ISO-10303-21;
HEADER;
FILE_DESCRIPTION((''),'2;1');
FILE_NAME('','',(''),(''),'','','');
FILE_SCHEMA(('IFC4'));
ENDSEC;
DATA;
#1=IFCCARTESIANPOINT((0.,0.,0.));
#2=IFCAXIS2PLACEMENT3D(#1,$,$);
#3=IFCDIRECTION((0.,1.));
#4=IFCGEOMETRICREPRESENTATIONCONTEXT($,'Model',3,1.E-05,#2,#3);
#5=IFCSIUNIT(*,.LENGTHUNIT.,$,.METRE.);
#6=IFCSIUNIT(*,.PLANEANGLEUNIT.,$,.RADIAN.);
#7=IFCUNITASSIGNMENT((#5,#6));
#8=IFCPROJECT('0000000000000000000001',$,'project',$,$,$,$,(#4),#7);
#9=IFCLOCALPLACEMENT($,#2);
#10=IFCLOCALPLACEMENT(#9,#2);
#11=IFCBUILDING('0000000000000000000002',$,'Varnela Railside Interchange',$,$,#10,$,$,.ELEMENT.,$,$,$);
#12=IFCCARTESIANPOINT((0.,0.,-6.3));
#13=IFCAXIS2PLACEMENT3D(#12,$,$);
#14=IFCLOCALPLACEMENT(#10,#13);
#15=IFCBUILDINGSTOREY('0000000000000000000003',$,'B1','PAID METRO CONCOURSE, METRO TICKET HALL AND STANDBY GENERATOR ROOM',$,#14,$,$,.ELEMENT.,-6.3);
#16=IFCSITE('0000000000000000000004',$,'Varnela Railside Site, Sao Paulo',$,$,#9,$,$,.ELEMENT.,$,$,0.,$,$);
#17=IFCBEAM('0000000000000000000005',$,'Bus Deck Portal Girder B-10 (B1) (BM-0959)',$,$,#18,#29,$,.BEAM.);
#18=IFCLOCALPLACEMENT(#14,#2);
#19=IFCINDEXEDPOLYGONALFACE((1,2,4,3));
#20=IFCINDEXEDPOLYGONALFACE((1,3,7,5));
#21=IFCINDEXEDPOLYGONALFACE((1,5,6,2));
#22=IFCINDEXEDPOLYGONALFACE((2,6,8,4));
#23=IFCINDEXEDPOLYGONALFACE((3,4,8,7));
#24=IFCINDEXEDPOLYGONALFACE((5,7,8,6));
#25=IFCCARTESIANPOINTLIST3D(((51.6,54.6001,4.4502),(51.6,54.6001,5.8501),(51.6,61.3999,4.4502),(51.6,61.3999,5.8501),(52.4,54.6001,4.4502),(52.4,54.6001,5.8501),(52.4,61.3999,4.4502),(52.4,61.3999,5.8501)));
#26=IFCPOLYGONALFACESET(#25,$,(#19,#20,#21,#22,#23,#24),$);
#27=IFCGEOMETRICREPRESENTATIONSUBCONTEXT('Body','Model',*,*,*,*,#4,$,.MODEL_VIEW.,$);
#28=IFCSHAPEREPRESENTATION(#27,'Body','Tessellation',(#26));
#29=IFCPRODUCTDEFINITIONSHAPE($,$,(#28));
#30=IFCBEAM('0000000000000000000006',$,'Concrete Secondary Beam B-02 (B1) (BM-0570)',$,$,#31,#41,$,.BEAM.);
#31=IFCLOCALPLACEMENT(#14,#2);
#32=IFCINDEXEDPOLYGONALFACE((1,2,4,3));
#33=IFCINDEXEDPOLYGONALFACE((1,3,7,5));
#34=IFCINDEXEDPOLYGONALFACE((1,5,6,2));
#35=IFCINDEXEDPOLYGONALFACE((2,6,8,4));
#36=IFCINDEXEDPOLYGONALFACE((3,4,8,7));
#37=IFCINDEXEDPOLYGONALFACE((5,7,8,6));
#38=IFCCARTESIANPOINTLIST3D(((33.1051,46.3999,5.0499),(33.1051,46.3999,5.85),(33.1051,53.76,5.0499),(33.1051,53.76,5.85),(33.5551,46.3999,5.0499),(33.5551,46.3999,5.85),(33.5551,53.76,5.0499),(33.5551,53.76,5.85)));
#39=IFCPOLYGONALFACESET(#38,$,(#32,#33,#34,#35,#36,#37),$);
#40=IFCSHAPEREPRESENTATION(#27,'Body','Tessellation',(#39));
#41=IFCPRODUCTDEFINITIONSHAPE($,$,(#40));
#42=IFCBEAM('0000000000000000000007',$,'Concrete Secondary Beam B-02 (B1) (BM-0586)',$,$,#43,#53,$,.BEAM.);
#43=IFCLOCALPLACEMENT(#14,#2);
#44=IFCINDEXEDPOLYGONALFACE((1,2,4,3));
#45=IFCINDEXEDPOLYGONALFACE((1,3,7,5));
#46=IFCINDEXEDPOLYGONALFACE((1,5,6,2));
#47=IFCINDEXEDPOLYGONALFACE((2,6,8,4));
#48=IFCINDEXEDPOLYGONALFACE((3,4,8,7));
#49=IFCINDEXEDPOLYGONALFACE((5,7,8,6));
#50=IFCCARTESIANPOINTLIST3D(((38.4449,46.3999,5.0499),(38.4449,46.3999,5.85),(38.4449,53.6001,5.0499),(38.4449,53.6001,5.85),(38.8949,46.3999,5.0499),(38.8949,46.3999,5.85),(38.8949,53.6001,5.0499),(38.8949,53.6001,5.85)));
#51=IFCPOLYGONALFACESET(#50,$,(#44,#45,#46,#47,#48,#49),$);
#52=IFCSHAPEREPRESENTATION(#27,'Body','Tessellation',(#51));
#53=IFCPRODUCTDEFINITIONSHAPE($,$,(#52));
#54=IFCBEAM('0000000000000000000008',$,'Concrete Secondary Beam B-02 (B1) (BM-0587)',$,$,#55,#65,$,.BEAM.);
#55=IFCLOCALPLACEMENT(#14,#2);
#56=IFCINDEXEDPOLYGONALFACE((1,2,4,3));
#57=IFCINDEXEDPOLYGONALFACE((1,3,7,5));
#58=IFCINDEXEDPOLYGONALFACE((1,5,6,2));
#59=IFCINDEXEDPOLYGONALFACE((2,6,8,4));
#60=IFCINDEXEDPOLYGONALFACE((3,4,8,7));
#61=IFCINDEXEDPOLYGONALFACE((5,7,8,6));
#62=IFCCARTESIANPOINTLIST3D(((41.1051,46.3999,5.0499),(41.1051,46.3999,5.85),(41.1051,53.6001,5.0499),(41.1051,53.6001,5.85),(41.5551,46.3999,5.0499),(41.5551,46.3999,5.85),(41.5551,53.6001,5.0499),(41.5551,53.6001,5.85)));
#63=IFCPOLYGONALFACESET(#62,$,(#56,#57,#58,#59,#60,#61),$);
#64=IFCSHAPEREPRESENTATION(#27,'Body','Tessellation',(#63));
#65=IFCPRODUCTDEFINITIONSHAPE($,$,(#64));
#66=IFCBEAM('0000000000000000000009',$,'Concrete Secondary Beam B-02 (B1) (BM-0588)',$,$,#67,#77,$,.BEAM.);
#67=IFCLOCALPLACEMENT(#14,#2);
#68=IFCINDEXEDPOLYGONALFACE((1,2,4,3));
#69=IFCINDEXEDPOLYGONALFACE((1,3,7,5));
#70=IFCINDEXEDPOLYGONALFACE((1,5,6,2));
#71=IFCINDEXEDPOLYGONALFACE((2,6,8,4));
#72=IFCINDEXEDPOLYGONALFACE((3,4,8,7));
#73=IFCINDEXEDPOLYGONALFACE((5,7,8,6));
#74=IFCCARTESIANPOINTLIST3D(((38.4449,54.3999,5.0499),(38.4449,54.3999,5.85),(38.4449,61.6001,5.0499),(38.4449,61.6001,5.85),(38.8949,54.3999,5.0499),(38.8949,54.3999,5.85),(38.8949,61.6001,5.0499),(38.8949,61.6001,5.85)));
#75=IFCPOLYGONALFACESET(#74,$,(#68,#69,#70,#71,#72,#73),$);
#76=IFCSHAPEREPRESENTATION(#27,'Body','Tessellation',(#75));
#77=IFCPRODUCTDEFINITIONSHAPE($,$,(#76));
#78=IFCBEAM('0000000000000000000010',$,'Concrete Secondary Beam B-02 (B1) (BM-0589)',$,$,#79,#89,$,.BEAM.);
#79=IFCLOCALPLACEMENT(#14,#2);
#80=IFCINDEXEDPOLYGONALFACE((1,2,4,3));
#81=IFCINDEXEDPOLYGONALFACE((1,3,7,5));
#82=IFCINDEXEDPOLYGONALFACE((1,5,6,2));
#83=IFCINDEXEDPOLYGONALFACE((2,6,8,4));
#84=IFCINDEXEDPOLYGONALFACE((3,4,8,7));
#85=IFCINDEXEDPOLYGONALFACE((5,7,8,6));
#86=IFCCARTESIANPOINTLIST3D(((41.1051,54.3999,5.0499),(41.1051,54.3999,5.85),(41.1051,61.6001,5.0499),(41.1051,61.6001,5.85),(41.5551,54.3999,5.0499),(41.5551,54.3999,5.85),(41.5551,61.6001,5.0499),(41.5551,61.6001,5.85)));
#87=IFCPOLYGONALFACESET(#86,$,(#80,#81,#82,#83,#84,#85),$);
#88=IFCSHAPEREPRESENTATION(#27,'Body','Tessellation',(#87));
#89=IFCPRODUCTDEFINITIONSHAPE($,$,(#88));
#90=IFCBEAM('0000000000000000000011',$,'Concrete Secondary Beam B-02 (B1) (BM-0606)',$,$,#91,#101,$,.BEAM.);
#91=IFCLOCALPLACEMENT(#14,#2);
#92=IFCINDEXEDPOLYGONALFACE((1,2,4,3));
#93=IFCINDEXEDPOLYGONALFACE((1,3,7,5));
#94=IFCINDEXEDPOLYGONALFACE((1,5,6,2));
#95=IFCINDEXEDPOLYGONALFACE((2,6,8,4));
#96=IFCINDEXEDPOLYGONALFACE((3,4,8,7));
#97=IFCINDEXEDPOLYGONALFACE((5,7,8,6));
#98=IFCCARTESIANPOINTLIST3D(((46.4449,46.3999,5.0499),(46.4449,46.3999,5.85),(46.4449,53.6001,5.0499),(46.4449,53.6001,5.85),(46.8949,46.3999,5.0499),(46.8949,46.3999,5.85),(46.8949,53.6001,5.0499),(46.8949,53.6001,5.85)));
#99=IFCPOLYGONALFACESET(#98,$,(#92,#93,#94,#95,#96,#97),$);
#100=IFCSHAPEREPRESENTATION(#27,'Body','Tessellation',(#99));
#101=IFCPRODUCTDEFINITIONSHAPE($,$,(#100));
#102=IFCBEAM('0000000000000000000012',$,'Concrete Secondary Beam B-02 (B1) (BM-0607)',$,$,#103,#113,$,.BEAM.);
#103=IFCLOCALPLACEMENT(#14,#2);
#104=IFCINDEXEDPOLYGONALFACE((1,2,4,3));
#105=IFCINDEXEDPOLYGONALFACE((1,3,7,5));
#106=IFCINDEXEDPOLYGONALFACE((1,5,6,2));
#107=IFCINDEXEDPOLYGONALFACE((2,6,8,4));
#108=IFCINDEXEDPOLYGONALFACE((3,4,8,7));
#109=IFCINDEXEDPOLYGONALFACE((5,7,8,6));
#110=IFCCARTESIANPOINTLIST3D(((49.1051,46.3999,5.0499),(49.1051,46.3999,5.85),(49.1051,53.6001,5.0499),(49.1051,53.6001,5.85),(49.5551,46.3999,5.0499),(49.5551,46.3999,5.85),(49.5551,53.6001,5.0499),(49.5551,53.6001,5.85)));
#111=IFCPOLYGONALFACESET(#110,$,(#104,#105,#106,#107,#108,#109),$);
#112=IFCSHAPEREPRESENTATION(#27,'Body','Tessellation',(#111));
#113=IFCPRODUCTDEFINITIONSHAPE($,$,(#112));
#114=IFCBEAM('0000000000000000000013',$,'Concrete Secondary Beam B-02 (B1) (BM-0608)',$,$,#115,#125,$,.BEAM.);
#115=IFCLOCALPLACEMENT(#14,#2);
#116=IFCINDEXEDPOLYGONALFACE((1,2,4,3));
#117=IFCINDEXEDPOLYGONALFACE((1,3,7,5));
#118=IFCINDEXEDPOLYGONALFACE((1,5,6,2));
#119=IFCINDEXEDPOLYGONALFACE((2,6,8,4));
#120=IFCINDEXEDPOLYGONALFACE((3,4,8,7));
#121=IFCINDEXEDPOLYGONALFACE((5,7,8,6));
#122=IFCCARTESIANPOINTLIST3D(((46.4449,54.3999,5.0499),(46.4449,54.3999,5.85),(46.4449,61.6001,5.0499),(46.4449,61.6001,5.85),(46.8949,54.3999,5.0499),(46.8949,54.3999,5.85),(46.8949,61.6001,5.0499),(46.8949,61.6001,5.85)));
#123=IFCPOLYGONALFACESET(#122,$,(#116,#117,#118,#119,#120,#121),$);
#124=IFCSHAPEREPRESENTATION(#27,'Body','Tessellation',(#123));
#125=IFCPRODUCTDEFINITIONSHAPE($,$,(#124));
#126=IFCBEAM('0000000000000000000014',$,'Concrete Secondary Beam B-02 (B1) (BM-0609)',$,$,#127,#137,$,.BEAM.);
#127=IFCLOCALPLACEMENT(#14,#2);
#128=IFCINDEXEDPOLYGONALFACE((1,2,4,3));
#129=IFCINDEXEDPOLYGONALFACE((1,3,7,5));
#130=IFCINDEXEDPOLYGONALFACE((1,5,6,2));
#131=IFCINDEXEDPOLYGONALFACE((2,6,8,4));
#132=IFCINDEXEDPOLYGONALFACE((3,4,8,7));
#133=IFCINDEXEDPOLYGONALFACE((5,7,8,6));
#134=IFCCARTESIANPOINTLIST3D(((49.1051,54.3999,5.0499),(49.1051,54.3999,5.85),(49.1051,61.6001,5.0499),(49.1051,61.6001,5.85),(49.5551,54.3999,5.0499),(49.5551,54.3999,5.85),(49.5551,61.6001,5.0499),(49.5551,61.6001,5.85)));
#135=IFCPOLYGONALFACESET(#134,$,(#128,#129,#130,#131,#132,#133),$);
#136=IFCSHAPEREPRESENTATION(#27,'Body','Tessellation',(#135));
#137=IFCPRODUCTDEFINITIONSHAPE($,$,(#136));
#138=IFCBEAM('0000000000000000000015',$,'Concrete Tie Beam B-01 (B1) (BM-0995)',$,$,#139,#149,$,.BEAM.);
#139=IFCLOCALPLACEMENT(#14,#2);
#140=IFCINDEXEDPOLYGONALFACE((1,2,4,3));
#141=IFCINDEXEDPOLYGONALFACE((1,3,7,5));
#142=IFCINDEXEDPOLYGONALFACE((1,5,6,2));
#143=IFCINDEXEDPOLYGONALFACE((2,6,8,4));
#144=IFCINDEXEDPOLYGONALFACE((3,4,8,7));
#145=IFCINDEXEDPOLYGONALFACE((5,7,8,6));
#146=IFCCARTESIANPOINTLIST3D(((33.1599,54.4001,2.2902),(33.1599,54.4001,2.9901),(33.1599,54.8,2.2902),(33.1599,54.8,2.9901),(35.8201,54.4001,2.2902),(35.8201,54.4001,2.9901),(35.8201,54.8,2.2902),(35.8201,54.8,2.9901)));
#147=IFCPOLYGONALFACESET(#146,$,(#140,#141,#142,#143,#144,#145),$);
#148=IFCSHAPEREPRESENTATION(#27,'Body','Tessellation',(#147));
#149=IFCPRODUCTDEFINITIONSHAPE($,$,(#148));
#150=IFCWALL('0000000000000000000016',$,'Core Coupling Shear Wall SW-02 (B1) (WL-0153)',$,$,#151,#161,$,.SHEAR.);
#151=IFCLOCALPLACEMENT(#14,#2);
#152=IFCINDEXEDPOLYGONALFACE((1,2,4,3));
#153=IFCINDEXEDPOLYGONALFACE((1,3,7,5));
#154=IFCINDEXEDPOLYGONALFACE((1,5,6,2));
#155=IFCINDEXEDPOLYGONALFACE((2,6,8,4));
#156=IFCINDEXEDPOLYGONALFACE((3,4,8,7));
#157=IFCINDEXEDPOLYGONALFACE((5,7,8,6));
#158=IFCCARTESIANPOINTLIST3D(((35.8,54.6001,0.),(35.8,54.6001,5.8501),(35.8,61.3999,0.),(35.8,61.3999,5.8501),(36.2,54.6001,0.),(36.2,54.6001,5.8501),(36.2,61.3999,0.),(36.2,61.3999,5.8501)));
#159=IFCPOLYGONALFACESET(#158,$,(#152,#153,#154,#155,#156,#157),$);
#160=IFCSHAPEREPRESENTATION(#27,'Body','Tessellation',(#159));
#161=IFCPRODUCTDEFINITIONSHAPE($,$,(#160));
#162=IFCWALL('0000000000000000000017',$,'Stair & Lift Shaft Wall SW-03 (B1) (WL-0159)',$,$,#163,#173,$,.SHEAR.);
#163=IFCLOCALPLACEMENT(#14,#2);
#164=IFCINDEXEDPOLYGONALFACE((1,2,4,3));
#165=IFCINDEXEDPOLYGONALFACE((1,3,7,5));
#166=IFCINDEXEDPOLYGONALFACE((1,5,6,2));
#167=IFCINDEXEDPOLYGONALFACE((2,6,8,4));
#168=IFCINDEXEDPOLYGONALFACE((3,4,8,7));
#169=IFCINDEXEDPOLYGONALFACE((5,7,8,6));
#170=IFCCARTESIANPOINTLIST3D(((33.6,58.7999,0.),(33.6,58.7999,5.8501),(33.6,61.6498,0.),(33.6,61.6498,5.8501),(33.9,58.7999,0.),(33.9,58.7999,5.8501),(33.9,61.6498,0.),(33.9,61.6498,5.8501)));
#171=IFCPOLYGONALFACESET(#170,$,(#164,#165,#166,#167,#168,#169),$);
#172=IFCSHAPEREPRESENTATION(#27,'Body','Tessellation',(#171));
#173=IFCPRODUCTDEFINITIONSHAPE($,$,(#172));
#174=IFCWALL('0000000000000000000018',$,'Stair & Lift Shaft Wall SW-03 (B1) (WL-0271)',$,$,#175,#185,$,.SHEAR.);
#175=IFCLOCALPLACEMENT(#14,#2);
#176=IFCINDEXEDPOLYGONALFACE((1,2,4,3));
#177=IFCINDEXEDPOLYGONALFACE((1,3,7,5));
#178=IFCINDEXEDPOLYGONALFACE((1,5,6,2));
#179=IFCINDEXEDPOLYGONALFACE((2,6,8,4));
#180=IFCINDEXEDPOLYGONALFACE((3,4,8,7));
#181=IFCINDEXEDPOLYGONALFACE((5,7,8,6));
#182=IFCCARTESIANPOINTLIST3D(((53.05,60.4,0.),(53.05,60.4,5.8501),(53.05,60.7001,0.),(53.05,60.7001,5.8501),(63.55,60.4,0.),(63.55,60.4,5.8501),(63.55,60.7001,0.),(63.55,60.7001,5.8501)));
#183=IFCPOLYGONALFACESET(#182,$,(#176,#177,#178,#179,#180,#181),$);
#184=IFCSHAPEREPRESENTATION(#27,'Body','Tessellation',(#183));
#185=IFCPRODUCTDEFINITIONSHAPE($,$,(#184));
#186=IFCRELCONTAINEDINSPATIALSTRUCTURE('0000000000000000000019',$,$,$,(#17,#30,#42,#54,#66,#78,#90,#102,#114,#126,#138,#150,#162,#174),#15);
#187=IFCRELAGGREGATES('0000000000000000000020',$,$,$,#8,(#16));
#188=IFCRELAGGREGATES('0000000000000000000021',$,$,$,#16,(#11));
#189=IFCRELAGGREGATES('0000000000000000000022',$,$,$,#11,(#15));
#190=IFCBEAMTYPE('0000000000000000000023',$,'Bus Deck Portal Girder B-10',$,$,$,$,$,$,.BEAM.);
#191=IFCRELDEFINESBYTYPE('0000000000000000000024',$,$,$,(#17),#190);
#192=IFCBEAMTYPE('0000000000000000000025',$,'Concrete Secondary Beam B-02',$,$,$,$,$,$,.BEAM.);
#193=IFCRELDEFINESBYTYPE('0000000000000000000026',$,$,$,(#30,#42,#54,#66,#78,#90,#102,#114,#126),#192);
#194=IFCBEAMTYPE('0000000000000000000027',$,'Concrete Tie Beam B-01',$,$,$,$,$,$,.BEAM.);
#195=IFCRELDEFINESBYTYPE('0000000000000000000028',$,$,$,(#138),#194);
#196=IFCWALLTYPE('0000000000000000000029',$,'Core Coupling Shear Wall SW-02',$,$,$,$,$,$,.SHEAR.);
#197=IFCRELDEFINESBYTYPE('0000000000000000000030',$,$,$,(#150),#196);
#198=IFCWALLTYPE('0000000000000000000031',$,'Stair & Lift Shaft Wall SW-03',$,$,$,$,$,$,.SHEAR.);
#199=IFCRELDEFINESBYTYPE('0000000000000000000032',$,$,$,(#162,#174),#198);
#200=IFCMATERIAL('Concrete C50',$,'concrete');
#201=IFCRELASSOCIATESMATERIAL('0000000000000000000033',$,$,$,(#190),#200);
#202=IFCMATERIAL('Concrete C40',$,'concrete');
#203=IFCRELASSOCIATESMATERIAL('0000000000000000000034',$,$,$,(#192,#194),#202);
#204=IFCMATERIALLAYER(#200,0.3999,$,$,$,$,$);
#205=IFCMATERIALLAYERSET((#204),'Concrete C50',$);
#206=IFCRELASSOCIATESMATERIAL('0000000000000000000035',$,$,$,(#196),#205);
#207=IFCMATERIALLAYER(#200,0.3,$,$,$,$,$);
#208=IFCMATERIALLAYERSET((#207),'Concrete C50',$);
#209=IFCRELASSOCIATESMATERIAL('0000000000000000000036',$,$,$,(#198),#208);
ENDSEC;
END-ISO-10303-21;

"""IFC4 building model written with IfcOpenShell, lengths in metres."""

from ifc_helpers import new_model, si_unit, direction, frame, frame_2d, origin, origin_2d, place, context, subcontext, project, spatial, rectangle, extrude, material, layer, layer_set, material_profile, profile_set, type_object, element, save


model = new_model("IFC4")

# Units and contexts
model_context = context("Model", 3, precision=1e-05, world=origin(), true_north=direction((0.0, 1.0)))
body_context = subcontext(model_context, "Body", "Model", "MODEL_VIEW")
ifc_project = project(units=[si_unit("LENGTHUNIT", "METRE"), si_unit("PLANEANGLEUNIT", "RADIAN")], contexts=[model_context])

# Site, building, storey
site_placement = place(None, origin())
site = spatial("IfcSite", under=ifc_project, at=site_placement, Name="Varnela Railside Site, Sao Paulo", CompositionType="ELEMENT", RefElevation=0.0)
building_placement = place(site_placement, origin())
building = spatial("IfcBuilding", under=site, at=building_placement, Name="Varnela Railside Interchange", CompositionType="ELEMENT")
storey_placement = place(building_placement, frame((0.0, 0.0, -6.3)))
storey = spatial("IfcBuildingStorey", under=building, at=storey_placement, Name="B1", Description="PAID METRO CONCOURSE, METRO TICKET HALL AND STANDBY GENERATOR ROOM", CompositionType="ELEMENT", Elevation=-6.3)

# Shared definitions
ifc_material_1 = material(Name="Concrete C50", Category="concrete")

# Beams
ifc_material_profile_1 = material_profile(ifc_material_1, rectangle(XDim=0.8, YDim=1.3999, at=origin_2d()), Name="RC 800x1400")
ifc_profile_set_1 = profile_set([ifc_material_profile_1], Name="Concrete C50")
beam_type_1 = type_object("IfcBeamType", Name="Bus Deck Portal Girder B-10", PredefinedType="BEAM", material=ifc_profile_set_1)
for number, where, z_axis, x_axis, name in (
    (1, (52.0, 54.6001, 5.1501), (0.0, 1.0, 0.0), (-1.0, 0.0, 0.0), "Bus Deck Portal Girder B-10 (B1) (BM-0959)"),
):
    element("IfcBeam", number, at=place(storey_placement, frame(where, z_axis=z_axis, x_axis=x_axis)), inside=storey, type_object=beam_type_1, Name=name, PredefinedType="BEAM", context=body_context, shape_type="SweptSolid", body=[
        extrude(rectangle(XDim=0.8, YDim=1.3999, at=origin_2d()), origin(), (0.0, 0.0, 1.0), 6.7998),
    ])
ifc_material_2 = material(Name="Concrete C40", Category="concrete")
ifc_material_profile_2 = material_profile(ifc_material_2, rectangle(XDim=0.45, YDim=0.8, at=origin_2d()), Name="RC 450x800")
ifc_profile_set_2 = profile_set([ifc_material_profile_2], Name="Concrete C40")
beam_type_2 = type_object("IfcBeamType", Name="Concrete Secondary Beam B-02", PredefinedType="BEAM", material=ifc_profile_set_2)
beam_1_placement = place(storey_placement, frame((33.3301, 46.3999, 5.45), z_axis=(0.0, 1.0, 0.0), x_axis=(-1.0, 0.0, 0.0)))
element("IfcBeam", 2, at=beam_1_placement, inside=storey, type_object=beam_type_2, Name="Concrete Secondary Beam B-02 (B1) (BM-0570)", PredefinedType="BEAM", context=body_context, shape_type="SweptSolid", body=[
    extrude(rectangle(XDim=0.45, YDim=0.8, at=origin_2d()), origin(), (0.0, 0.0, 1.0), 7.3601),
])
for number, where, z_axis, x_axis, name in (
    (3, (38.6699, 46.3999, 5.45), (0.0, 1.0, 0.0), (-1.0, 0.0, 0.0), "Concrete Secondary Beam B-02 (B1) (BM-0586)"),
    (4, (41.3301, 46.3999, 5.45), (0.0, 1.0, 0.0), (-1.0, 0.0, 0.0), "Concrete Secondary Beam B-02 (B1) (BM-0587)"),
    (5, (38.6699, 54.3999, 5.45), (0.0, 1.0, 0.0), (-1.0, 0.0, 0.0), "Concrete Secondary Beam B-02 (B1) (BM-0588)"),
    (6, (41.3301, 54.3999, 5.45), (0.0, 1.0, 0.0), (-1.0, 0.0, 0.0), "Concrete Secondary Beam B-02 (B1) (BM-0589)"),
    (7, (46.6699, 46.3999, 5.45), (0.0, 1.0, 0.0), (-1.0, 0.0, 0.0), "Concrete Secondary Beam B-02 (B1) (BM-0606)"),
    (8, (49.3301, 46.3999, 5.45), (0.0, 1.0, 0.0), (-1.0, 0.0, 0.0), "Concrete Secondary Beam B-02 (B1) (BM-0607)"),
    (9, (46.6699, 54.3999, 5.45), (0.0, 1.0, 0.0), (-1.0, 0.0, 0.0), "Concrete Secondary Beam B-02 (B1) (BM-0608)"),
    (10, (49.3301, 54.3999, 5.45), (0.0, 1.0, 0.0), (-1.0, 0.0, 0.0), "Concrete Secondary Beam B-02 (B1) (BM-0609)"),
):
    element("IfcBeam", number, at=place(storey_placement, frame(where, z_axis=z_axis, x_axis=x_axis)), inside=storey, type_object=beam_type_2, Name=name, PredefinedType="BEAM", context=body_context, shape_type="SweptSolid", body=[
        extrude(rectangle(XDim=0.45, YDim=0.8, at=origin_2d()), origin(), (0.0, 0.0, 1.0), 7.2002),
    ])
ifc_material_profile_3 = material_profile(ifc_material_2, rectangle(XDim=0.3999, YDim=0.7, at=origin_2d()), Name="RC 400x700")
ifc_profile_set_3 = profile_set([ifc_material_profile_3], Name="Concrete C40")
beam_type_3 = type_object("IfcBeamType", Name="Concrete Tie Beam B-01", PredefinedType="BEAM", material=ifc_profile_set_3)
beam_2_placement = place(storey_placement, frame((33.1599, 54.6001, 2.6401), z_axis=(1.0, 0.0, 0.0), x_axis=(0.0, 1.0, 0.0)))
element("IfcBeam", 11, at=beam_2_placement, inside=storey, type_object=beam_type_3, Name="Concrete Tie Beam B-01 (B1) (BM-0995)", PredefinedType="BEAM", context=body_context, shape_type="SweptSolid", body=[
    extrude(rectangle(XDim=0.3999, YDim=0.7, at=origin_2d()), origin(), (0.0, 0.0, 1.0), 2.6602),
])

# Walls
ifc_layer_1 = layer(ifc_material_1, 0.3999)
ifc_layer_set_1 = layer_set([ifc_layer_1], Name="Concrete C50")
wall_type_1 = type_object("IfcWallType", Name="Core Coupling Shear Wall SW-02", PredefinedType="SHEAR", material=ifc_layer_set_1)
wall_1_placement = place(storey_placement, frame((36.0, 54.6001, 0.0), z_axis=(0.0, 0.0, 1.0), x_axis=(0.0, 1.0, 0.0)))
element("IfcWall", 12, at=wall_1_placement, inside=storey, type_object=wall_type_1, Name="Core Coupling Shear Wall SW-02 (B1) (WL-0153)", PredefinedType="SHEAR", context=body_context, shape_type="SweptSolid", body=[
    extrude(rectangle(XDim=6.7998, YDim=0.3999, at=frame_2d((3.3999, 0.0))), origin(), (0.0, 0.0, 1.0), 5.8501),
])
ifc_layer_2 = layer(ifc_material_1, 0.3)
ifc_layer_set_2 = layer_set([ifc_layer_2], Name="Concrete C50")
wall_type_2 = type_object("IfcWallType", Name="Stair & Lift Shaft Wall SW-03", PredefinedType="SHEAR", material=ifc_layer_set_2)
wall_2_placement = place(storey_placement, frame((33.75, 58.8, 0.0), z_axis=(0.0, 0.0, 1.0), x_axis=(0.0, 1.0, 0.0)))
element("IfcWall", 13, at=wall_2_placement, inside=storey, type_object=wall_type_2, Name="Stair & Lift Shaft Wall SW-03 (B1) (WL-0159)", PredefinedType="SHEAR", context=body_context, shape_type="SweptSolid", body=[
    extrude(rectangle(XDim=2.8499, YDim=0.3, at=frame_2d((1.4248, 0.0))), origin(), (0.0, 0.0, 1.0), 5.8501),
])
wall_3_placement = place(storey_placement, frame((53.05, 60.55, 0.0), z_axis=(0.0, 0.0, 1.0), x_axis=(1.0, 0.0, 0.0)))
element("IfcWall", 14, at=wall_3_placement, inside=storey, type_object=wall_type_2, Name="Stair & Lift Shaft Wall SW-03 (B1) (WL-0271)", PredefinedType="SHEAR", context=body_context, shape_type="SweptSolid", body=[
    extrude(rectangle(XDim=10.5, YDim=0.3, at=frame_2d((5.25, 0.0))), origin(), (0.0, 0.0, 1.0), 5.8501),
])

save(model, "model.ifc")
